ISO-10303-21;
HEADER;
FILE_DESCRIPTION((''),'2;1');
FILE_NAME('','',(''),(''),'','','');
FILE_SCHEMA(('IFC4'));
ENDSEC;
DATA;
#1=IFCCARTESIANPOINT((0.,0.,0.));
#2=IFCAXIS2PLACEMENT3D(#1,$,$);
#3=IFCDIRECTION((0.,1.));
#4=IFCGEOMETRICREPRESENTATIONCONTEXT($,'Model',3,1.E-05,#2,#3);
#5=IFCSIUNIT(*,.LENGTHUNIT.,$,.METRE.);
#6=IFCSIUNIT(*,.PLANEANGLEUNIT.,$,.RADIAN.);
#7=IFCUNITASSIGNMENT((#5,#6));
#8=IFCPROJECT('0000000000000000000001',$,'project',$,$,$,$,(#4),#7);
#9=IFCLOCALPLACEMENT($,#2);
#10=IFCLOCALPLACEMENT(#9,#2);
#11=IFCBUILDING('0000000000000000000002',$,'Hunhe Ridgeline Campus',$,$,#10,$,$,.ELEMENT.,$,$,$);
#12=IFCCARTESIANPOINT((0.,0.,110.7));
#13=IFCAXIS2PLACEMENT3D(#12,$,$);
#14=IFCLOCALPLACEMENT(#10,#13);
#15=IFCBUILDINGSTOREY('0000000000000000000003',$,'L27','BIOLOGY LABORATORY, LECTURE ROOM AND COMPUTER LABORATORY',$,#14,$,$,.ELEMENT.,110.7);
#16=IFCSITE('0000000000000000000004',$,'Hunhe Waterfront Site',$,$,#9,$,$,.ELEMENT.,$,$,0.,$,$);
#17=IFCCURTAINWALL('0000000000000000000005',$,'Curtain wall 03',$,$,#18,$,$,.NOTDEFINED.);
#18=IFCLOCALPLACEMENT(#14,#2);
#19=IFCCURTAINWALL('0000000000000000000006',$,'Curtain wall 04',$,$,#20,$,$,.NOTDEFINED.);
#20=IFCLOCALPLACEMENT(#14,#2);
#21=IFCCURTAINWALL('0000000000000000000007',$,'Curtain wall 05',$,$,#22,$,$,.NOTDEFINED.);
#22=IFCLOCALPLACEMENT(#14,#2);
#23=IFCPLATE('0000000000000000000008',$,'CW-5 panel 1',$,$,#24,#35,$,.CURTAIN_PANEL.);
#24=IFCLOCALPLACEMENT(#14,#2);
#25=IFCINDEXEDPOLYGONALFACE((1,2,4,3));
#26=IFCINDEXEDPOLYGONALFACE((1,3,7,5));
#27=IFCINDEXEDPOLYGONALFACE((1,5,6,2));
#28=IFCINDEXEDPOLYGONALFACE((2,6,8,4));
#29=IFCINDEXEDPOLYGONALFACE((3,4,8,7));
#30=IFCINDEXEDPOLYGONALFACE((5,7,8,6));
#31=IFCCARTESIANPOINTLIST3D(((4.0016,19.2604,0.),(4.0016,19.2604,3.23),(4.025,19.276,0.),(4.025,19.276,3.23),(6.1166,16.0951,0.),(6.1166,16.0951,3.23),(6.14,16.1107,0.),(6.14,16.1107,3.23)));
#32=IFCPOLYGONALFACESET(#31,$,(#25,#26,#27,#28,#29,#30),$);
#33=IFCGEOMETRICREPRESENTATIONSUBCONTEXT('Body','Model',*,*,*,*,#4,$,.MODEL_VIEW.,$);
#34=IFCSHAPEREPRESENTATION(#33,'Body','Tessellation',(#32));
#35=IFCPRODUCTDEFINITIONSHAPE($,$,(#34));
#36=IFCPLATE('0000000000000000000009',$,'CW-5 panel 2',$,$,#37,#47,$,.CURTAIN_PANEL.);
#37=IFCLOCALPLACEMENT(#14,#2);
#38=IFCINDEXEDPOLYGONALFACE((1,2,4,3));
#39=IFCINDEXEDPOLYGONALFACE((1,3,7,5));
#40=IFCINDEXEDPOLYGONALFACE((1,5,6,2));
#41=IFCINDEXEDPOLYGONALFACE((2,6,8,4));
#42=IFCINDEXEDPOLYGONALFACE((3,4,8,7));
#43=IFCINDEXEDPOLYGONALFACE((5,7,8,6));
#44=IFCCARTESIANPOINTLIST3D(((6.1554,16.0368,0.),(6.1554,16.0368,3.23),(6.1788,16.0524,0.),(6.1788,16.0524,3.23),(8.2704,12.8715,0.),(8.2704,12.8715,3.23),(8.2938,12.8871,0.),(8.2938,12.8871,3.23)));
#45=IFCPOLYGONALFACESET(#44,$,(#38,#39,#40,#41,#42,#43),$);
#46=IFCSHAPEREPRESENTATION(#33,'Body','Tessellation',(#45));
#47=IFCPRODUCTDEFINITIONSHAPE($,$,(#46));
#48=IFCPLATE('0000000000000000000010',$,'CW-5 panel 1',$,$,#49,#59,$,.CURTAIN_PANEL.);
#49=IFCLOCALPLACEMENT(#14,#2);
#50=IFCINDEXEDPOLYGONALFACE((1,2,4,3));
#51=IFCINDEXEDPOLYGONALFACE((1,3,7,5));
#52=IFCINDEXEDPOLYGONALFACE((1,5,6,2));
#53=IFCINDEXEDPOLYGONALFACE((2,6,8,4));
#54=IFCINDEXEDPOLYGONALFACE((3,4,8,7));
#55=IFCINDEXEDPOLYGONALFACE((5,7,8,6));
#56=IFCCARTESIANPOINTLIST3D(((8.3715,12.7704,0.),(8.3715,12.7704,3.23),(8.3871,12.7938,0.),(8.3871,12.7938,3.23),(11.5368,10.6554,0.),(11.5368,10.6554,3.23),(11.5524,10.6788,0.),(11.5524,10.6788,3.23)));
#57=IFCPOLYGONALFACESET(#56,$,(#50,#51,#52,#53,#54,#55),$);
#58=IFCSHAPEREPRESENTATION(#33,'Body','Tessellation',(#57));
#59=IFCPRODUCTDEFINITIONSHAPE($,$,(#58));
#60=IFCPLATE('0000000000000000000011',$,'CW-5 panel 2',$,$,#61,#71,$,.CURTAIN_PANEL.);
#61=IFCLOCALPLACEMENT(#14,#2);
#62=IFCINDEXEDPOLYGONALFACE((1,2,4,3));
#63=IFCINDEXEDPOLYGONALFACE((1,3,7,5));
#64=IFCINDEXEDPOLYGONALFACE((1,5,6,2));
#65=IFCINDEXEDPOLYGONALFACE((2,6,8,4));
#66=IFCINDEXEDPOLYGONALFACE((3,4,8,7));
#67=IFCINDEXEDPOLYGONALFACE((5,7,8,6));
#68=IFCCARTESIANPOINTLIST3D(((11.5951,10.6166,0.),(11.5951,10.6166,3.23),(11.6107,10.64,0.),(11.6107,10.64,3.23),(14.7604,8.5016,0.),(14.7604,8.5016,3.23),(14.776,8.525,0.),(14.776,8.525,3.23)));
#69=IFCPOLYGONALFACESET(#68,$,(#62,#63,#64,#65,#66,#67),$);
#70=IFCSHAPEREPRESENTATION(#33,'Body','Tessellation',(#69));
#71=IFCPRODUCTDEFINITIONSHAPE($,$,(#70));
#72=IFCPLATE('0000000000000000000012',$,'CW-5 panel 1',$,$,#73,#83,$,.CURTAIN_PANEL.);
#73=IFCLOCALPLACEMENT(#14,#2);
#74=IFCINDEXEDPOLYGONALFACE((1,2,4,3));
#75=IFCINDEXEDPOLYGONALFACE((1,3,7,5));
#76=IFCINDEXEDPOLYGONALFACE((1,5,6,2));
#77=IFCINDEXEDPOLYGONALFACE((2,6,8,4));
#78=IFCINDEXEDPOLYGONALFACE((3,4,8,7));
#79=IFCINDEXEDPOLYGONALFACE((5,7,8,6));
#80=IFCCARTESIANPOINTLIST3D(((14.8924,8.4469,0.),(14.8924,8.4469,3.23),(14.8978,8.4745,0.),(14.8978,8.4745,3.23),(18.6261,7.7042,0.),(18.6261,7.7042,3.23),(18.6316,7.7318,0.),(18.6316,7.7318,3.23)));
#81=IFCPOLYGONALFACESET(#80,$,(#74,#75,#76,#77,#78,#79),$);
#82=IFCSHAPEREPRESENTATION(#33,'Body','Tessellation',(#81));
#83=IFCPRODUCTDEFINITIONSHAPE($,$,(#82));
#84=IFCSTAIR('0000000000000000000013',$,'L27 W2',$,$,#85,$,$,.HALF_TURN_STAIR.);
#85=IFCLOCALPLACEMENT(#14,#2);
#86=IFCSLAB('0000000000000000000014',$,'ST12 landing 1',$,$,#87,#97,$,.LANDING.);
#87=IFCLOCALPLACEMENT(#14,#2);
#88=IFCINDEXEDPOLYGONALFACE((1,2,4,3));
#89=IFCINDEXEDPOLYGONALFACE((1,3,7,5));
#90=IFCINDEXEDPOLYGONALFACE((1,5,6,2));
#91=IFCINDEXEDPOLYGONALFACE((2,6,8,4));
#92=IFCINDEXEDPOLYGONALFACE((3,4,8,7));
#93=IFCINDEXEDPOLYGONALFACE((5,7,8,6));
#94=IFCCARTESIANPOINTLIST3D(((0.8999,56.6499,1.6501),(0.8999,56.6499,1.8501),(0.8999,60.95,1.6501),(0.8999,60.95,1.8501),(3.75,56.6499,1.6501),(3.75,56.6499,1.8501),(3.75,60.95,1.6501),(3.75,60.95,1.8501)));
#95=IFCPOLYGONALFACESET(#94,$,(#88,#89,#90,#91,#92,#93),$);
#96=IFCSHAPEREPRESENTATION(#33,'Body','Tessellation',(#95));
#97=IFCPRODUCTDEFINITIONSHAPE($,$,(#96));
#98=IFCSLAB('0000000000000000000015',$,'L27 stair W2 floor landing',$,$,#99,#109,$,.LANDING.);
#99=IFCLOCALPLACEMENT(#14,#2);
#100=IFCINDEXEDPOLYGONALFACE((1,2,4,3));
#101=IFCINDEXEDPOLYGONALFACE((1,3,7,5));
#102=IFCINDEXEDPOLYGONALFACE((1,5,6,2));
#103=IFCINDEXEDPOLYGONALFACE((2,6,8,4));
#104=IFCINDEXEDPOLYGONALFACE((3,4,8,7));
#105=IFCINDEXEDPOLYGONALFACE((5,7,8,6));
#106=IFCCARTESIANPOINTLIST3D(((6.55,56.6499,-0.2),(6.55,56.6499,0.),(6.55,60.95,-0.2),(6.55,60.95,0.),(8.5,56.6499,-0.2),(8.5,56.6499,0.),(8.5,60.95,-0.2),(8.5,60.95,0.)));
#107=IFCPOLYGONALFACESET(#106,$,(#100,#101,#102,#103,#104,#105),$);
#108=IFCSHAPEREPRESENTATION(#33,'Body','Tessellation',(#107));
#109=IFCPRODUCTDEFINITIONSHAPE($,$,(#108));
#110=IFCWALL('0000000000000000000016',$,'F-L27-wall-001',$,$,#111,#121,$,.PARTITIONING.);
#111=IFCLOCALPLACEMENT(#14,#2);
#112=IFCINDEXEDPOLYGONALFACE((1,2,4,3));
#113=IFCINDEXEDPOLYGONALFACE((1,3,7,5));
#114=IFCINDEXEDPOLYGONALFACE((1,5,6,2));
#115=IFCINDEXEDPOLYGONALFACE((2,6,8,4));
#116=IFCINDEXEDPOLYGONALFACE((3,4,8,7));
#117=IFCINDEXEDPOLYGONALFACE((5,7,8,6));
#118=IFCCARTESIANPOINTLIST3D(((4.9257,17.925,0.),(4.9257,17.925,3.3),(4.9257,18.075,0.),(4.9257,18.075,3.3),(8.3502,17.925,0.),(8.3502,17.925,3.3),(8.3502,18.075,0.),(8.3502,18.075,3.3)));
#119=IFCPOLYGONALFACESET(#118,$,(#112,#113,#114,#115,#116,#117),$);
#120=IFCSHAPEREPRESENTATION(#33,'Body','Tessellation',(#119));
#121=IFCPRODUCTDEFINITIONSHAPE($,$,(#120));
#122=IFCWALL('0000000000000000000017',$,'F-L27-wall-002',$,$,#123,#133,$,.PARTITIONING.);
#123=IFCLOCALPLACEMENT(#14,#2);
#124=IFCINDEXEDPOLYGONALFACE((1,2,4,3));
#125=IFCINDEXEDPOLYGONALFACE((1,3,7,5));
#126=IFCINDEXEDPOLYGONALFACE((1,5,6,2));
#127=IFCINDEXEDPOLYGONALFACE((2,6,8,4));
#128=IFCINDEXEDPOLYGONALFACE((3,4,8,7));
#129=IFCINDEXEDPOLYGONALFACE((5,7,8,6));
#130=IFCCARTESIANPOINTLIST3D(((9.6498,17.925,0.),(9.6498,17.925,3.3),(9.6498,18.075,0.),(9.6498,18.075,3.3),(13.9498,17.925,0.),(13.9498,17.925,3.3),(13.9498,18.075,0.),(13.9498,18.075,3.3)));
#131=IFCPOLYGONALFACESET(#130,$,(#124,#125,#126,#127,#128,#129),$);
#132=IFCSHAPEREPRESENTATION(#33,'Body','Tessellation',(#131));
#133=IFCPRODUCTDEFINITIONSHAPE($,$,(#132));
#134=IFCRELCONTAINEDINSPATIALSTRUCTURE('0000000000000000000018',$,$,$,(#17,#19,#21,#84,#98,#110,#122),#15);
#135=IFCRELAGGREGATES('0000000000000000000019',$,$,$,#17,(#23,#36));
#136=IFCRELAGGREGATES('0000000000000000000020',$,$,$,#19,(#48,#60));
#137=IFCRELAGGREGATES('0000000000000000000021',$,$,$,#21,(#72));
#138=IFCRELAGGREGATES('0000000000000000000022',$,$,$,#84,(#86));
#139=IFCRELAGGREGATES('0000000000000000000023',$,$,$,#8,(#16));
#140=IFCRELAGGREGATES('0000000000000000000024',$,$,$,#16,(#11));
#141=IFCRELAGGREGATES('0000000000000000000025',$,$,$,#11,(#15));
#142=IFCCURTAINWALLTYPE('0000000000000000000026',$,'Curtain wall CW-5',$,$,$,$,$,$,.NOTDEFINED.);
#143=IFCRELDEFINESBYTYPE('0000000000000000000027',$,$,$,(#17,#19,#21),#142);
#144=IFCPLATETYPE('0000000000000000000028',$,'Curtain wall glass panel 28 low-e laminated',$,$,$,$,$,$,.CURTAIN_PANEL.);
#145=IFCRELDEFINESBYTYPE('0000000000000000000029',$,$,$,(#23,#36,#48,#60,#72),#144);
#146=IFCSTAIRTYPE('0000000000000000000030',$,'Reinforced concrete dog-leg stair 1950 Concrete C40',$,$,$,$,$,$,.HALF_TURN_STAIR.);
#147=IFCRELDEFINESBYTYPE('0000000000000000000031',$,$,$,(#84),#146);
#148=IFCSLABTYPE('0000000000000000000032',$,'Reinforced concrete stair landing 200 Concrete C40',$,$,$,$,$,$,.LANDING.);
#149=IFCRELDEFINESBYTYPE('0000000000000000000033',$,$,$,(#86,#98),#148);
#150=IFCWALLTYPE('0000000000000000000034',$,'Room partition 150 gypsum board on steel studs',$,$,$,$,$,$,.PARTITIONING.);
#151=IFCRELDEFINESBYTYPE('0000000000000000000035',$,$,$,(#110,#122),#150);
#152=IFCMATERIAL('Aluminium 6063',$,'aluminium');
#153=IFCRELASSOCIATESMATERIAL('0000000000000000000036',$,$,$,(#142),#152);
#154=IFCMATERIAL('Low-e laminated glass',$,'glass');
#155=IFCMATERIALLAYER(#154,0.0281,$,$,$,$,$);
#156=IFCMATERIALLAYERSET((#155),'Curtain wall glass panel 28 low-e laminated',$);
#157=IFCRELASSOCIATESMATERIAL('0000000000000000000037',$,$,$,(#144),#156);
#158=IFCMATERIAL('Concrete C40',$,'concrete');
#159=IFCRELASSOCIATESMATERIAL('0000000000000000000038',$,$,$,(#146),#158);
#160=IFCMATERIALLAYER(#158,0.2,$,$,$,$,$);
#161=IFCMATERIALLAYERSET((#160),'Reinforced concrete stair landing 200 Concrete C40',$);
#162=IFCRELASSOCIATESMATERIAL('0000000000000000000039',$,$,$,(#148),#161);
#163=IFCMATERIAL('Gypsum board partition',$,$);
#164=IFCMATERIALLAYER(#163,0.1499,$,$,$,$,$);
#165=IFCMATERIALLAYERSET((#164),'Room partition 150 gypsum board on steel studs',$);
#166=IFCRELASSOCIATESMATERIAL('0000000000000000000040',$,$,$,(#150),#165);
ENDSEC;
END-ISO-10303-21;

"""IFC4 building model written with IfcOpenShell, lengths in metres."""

from ifc_helpers import new_model, si_unit, direction, frame, frame_2d, origin, origin_2d, place, context, subcontext, project, spatial, polyline, rectangle, outline, extrude, material, layer, layer_set, type_object, element, aggregate, save


model = new_model("IFC4")

# Units and contexts
model_context = context("Model", 3, precision=1e-05, world=origin(), true_north=direction((0.0, 1.0)))
body_context = subcontext(model_context, "Body", "Model", "MODEL_VIEW")
ifc_project = project(units=[si_unit("LENGTHUNIT", "METRE"), si_unit("PLANEANGLEUNIT", "RADIAN")], contexts=[model_context])

# Site, building, storey
site_placement = place(None, origin())
site = spatial("IfcSite", under=ifc_project, at=site_placement, Name="Hunhe Waterfront Site", CompositionType="ELEMENT", RefElevation=0.0)
building_placement = place(site_placement, origin())
building = spatial("IfcBuilding", under=site, at=building_placement, Name="Hunhe Ridgeline Campus", CompositionType="ELEMENT")
storey_placement = place(building_placement, frame((0.0, 0.0, 110.7)))
storey = spatial("IfcBuildingStorey", under=building, at=storey_placement, Name="L27", Description="BIOLOGY LABORATORY, LECTURE ROOM AND COMPUTER LABORATORY", CompositionType="ELEMENT", Elevation=110.7)

# Curtain walls
ifc_material_1 = material(Name="Aluminium 6063", Category="aluminium")
curtain_wall_type = type_object("IfcCurtainWallType", Name="Curtain wall CW-5", PredefinedType="NOTDEFINED", material=ifc_material_1)
curtain_wall_1_placement = place(storey_placement, origin())
curtain_wall_1 = element("IfcCurtainWall", 1, at=curtain_wall_1_placement, inside=storey, type_object=curtain_wall_type, Name="Curtain wall 03", PredefinedType="NOTDEFINED")
curtain_wall_2_placement = place(storey_placement, origin())
curtain_wall_2 = element("IfcCurtainWall", 2, at=curtain_wall_2_placement, inside=storey, type_object=curtain_wall_type, Name="Curtain wall 04", PredefinedType="NOTDEFINED")
curtain_wall_3_placement = place(storey_placement, origin())
curtain_wall_3 = element("IfcCurtainWall", 3, at=curtain_wall_3_placement, inside=storey, type_object=curtain_wall_type, Name="Curtain wall 05", PredefinedType="NOTDEFINED")

# Plates
ifc_material_2 = material(Name="Low-e laminated glass", Category="glass")
ifc_layer_1 = layer(ifc_material_2, 0.0281)
ifc_layer_set_1 = layer_set([ifc_layer_1], Name="Curtain wall glass panel 28 low-e laminated")
plate_type = type_object("IfcPlateType", Name="Curtain wall glass panel 28 low-e laminated", PredefinedType="CURTAIN_PANEL", material=ifc_layer_set_1)
plate_1_placement = place(storey_placement, frame((5.0708, 17.6855, 0.0), z_axis=(0.0, 0.0, 1.0), x_axis=(0.55557, -0.83147, 0.0)))
plate_1 = element("IfcPlate", 4, at=plate_1_placement, type_object=plate_type, Name="CW-5 panel 1", PredefinedType="CURTAIN_PANEL", context=body_context, shape_type="SweptSolid", body=[
    extrude(rectangle(XDim=3.8069, YDim=0.0281, at=origin_2d()), origin(), (0.0, 0.0, 1.0), 3.23),
])
plate_2_placement = place(storey_placement, frame((7.2246, 14.4619, 0.0), z_axis=(0.0, 0.0, 1.0), x_axis=(0.55557, -0.83147, 0.0)))
plate_2 = element("IfcPlate", 5, at=plate_2_placement, type_object=plate_type, Name="CW-5 panel 2", PredefinedType="CURTAIN_PANEL", context=body_context, shape_type="SweptSolid", body=[
    extrude(rectangle(XDim=3.8069, YDim=0.0281, at=origin_2d()), origin(), (0.0, 0.0, 1.0), 3.23),
])
aggregate(curtain_wall_1, [plate_1, plate_2])
plate_3_placement = place(storey_placement, frame((9.9619, 11.7246, 0.0), z_axis=(0.0, 0.0, 1.0), x_axis=(0.83147, -0.55557, 0.0)))
plate_3 = element("IfcPlate", 6, at=plate_3_placement, type_object=plate_type, Name="CW-5 panel 1", PredefinedType="CURTAIN_PANEL", context=body_context, shape_type="SweptSolid", body=[
    extrude(rectangle(XDim=3.8069, YDim=0.0281, at=origin_2d()), origin(), (0.0, 0.0, 1.0), 3.23),
])
plate_4_placement = place(storey_placement, frame((13.1855, 9.5708, 0.0), z_axis=(0.0, 0.0, 1.0), x_axis=(0.83147, -0.55557, 0.0)))
plate_4 = element("IfcPlate", 7, at=plate_4_placement, type_object=plate_type, Name="CW-5 panel 2", PredefinedType="CURTAIN_PANEL", context=body_context, shape_type="SweptSolid", body=[
    extrude(rectangle(XDim=3.8069, YDim=0.0281, at=origin_2d()), origin(), (0.0, 0.0, 1.0), 3.23),
])
aggregate(curtain_wall_2, [plate_3, plate_4])
plate_5_placement = place(storey_placement, frame((16.762, 8.0894, 0.0), z_axis=(0.0, 0.0, 1.0), x_axis=(0.980785, -0.19509, 0.0)))
plate_5 = element("IfcPlate", 8, at=plate_5_placement, type_object=plate_type, Name="CW-5 panel 1", PredefinedType="CURTAIN_PANEL", context=body_context, shape_type="SweptSolid", body=[
    extrude(rectangle(XDim=3.8069, YDim=0.0281, at=origin_2d()), origin(), (0.0, 0.0, 1.0), 3.23),
])
aggregate(curtain_wall_3, [plate_5])

# Stair, slab
ifc_material_3 = material(Name="Concrete C40", Category="concrete")
stair_type = type_object("IfcStairType", Name="Reinforced concrete dog-leg stair 1950 Concrete C40", PredefinedType="HALF_TURN_STAIR", material=ifc_material_3)
stair_placement = place(storey_placement, origin())
stair = element("IfcStair", 9, at=stair_placement, inside=storey, type_object=stair_type, Name="L27 W2", PredefinedType="HALF_TURN_STAIR")
ifc_layer_2 = layer(ifc_material_3, 0.2)
ifc_layer_set_2 = layer_set([ifc_layer_2], Name="Reinforced concrete stair landing 200 Concrete C40")
slab_type = type_object("IfcSlabType", Name="Reinforced concrete stair landing 200 Concrete C40", PredefinedType="LANDING", material=ifc_layer_set_2)
slab_1_placement = place(storey_placement, frame((0.0, 0.0, 1.6501)))
slab_1 = element("IfcSlab", 10, at=slab_1_placement, type_object=slab_type, Name="ST12 landing 1", PredefinedType="LANDING", context=body_context, shape_type="SweptSolid", body=[
    extrude(outline(polyline([(3.75, 60.95), (0.8999, 60.95), (0.8999, 56.6499), (3.75, 56.6499), (3.75, 60.95)])), origin(), (0.0, 0.0, 1.0), 0.2),
])
aggregate(stair, [slab_1])

# Slab
slab_2_placement = place(storey_placement, frame((0.0, 0.0, -0.2)))
element("IfcSlab", 11, at=slab_2_placement, inside=storey, type_object=slab_type, Name="L27 stair W2 floor landing", PredefinedType="LANDING", context=body_context, shape_type="SweptSolid", body=[
    extrude(outline(polyline([(8.5, 60.95), (6.55, 60.95), (6.55, 56.6499), (8.5, 56.6499), (8.5, 60.95)])), origin(), (0.0, 0.0, 1.0), 0.2),
])

# Shared definitions
ifc_material_4 = material(Name="Gypsum board partition")

# Walls
ifc_layer_3 = layer(ifc_material_4, 0.1499)
ifc_layer_set_3 = layer_set([ifc_layer_3], Name="Room partition 150 gypsum board on steel studs")
wall_type_1 = type_object("IfcWallType", Name="Room partition 150 gypsum board on steel studs", PredefinedType="PARTITIONING", material=ifc_layer_set_3)
wall_1_placement = place(storey_placement, frame((4.9255, 18.0, 0.0), z_axis=(0.0, 0.0, 1.0), x_axis=(1.0, 0.0, 0.0)))
element("IfcWall", 12, at=wall_1_placement, inside=storey, type_object=wall_type_1, Name="F-L27-wall-001", PredefinedType="PARTITIONING", context=body_context, shape_type="SweptSolid", body=[
    extrude(rectangle(XDim=3.4246, YDim=0.1499, at=frame_2d((1.7124, 0.0))), origin(), (0.0, 0.0, 1.0), 3.3),
])
wall_2_placement = place(storey_placement, frame((9.6499, 18.0, 0.0), z_axis=(0.0, 0.0, 1.0), x_axis=(1.0, 0.0, 0.0)))
element("IfcWall", 13, at=wall_2_placement, inside=storey, type_object=wall_type_1, Name="F-L27-wall-002", PredefinedType="PARTITIONING", context=body_context, shape_type="SweptSolid", body=[
    extrude(rectangle(XDim=4.3, YDim=0.1499, at=frame_2d((2.1499, 0.0))), origin(), (0.0, 0.0, 1.0), 3.3),
])

save(model, "model.ifc")
